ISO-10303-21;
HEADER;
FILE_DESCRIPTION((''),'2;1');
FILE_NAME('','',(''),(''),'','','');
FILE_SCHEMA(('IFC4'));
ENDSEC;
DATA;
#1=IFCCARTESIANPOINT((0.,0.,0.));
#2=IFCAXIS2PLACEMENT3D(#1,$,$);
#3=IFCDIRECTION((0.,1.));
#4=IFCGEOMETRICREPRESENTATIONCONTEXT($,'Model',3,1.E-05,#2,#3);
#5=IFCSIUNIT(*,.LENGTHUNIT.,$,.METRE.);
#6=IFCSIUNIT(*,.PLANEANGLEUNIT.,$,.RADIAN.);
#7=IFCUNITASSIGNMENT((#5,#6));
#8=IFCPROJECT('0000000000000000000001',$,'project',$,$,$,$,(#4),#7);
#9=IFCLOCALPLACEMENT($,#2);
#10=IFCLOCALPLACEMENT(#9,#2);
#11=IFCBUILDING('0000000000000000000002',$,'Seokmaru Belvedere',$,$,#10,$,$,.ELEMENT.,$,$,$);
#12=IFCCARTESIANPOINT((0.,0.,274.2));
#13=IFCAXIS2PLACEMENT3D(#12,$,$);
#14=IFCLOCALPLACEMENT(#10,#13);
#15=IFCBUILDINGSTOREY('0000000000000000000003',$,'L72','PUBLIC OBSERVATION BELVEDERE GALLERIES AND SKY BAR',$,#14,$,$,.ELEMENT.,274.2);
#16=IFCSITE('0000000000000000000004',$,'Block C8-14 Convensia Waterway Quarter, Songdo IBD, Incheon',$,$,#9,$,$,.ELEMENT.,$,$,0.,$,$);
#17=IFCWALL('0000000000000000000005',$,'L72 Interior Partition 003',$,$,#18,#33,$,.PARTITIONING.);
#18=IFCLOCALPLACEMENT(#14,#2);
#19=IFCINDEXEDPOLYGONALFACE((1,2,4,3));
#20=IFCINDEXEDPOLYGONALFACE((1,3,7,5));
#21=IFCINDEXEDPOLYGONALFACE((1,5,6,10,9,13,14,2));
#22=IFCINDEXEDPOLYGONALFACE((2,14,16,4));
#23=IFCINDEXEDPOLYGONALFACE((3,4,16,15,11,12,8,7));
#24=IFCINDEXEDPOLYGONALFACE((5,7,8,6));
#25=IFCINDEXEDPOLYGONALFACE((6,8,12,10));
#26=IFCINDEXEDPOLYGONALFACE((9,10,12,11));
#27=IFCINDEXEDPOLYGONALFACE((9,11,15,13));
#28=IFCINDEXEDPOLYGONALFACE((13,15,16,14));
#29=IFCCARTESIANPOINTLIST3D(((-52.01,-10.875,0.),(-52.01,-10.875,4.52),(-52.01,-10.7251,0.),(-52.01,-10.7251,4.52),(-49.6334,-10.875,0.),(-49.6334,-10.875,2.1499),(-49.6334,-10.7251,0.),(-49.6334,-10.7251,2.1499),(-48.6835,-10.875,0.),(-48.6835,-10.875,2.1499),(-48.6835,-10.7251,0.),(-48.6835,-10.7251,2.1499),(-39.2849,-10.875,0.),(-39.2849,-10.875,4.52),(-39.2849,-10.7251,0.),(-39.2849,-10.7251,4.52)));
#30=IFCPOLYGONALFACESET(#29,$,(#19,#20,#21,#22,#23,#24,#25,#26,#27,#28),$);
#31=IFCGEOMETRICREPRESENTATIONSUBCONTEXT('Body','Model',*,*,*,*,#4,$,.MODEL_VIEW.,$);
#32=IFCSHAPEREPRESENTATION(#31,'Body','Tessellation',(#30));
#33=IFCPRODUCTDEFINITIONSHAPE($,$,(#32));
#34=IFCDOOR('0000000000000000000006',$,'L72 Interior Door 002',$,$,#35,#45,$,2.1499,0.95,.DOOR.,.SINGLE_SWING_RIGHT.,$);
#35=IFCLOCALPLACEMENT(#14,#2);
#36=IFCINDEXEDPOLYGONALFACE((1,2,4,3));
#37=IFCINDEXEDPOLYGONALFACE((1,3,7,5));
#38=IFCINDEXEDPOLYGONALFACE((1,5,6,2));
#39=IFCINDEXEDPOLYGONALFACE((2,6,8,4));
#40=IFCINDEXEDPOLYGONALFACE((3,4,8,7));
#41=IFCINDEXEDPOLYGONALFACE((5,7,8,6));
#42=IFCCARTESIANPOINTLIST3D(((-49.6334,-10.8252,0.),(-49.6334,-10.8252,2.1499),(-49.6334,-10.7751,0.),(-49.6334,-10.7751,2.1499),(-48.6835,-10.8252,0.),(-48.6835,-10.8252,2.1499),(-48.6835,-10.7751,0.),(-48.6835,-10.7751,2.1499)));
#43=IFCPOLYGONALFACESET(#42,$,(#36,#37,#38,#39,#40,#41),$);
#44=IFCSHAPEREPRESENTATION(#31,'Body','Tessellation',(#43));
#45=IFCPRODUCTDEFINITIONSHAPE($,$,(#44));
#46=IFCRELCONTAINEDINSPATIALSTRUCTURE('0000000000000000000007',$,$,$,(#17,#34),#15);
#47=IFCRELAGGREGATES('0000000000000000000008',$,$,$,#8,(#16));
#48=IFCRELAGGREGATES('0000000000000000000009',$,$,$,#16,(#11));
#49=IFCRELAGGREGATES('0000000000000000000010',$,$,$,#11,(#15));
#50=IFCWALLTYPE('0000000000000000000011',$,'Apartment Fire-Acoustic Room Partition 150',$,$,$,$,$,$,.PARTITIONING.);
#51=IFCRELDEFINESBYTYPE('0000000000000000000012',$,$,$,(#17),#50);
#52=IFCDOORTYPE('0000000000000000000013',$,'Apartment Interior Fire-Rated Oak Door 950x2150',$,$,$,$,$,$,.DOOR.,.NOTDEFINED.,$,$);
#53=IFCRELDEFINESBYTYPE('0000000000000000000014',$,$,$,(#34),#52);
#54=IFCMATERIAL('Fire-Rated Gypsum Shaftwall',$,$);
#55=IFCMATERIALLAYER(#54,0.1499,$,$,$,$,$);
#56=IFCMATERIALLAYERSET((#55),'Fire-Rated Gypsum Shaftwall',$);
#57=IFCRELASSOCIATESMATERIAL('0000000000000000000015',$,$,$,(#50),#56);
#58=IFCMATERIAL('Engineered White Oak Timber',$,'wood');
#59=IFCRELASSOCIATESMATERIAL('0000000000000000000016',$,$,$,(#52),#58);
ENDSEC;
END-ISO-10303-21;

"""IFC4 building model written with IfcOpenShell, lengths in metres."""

from ifc_helpers import new_model, si_unit, direction, frame, frame_2d, origin, place, context, subcontext, project, spatial, rectangle, extrude, source, transform, mapped, material, layer, layer_set, type_object, type_shapes, element, fill, save


model = new_model("IFC4")

# Units and contexts
model_context = context("Model", 3, precision=1e-05, world=origin(), true_north=direction((0.0, 1.0)))
body_context = subcontext(model_context, "Body", "Model", "MODEL_VIEW")
ifc_project = project(units=[si_unit("LENGTHUNIT", "METRE"), si_unit("PLANEANGLEUNIT", "RADIAN")], contexts=[model_context])

# Site, building, storey
site_placement = place(None, origin())
site = spatial("IfcSite", under=ifc_project, at=site_placement, Name="Block C8-14 Convensia Waterway Quarter, Songdo IBD, Incheon", CompositionType="ELEMENT", RefElevation=0.0)
building_placement = place(site_placement, origin())
building = spatial("IfcBuilding", under=site, at=building_placement, Name="Seokmaru Belvedere", CompositionType="ELEMENT")
storey_placement = place(building_placement, frame((0.0, 0.0, 274.2)))
storey = spatial("IfcBuildingStorey", under=building, at=storey_placement, Name="L72", Description="PUBLIC OBSERVATION BELVEDERE GALLERIES AND SKY BAR", CompositionType="ELEMENT", Elevation=274.2)

# Wall, opening, door
ifc_material_1 = material(Name="Fire-Rated Gypsum Shaftwall")
ifc_layer_1 = layer(ifc_material_1, 0.1499)
ifc_layer_set_1 = layer_set([ifc_layer_1], Name="Fire-Rated Gypsum Shaftwall")
wall_type = type_object("IfcWallType", Name="Apartment Fire-Acoustic Room Partition 150", PredefinedType="PARTITIONING", material=ifc_layer_set_1)
wall_placement = place(storey_placement, frame((-52.01, -10.8, 0.0), z_axis=(0.0, 0.0, 1.0), x_axis=(1.0, 0.0, 0.0)))
wall = element("IfcWall", 1, at=wall_placement, inside=storey, type_object=wall_type, Name="L72 Interior Partition 003", PredefinedType="PARTITIONING", context=body_context, shape_type="SweptSolid", body=[
    extrude(rectangle(XDim=12.7251, YDim=0.1499, at=frame_2d((6.3625, 0.0))), origin(), (0.0, 0.0, 1.0), 4.52),
])
opening_placement = place(wall_placement, frame((2.3765, 0.0, 0.0)))
opening = element("IfcOpeningElement", 2, at=opening_placement, cuts=wall, PredefinedType="OPENING", context=body_context, shape_type="SweptSolid", body=[
    extrude(rectangle(XDim=0.95, YDim=2.1499, at=frame_2d((0.4751, 1.075))), frame((0.0, 0.085, 0.0), z_axis=(0.0, -1.0, 0.0), x_axis=(1.0, 0.0, 0.0)), (0.0, 0.0, 1.0), 0.1699),
])
ifc_material_2 = material(Name="Engineered White Oak Timber", Category="wood")
door_type = type_object("IfcDoorType", Name="Apartment Interior Fire-Rated Oak Door 950x2150", OperationType="NOTDEFINED", PredefinedType="DOOR", material=ifc_material_2)
shared_shape_1 = source(origin(), body_context, "Body", "SweptSolid", [
    extrude(rectangle(XDim=0.95, YDim=2.1499, at=frame_2d((0.4751, 1.075))), frame((0.0, 0.0249, 0.0), z_axis=(0.0, -1.0, 0.0), x_axis=(1.0, 0.0, 0.0)), (0.0, 0.0, 1.0), 0.05),
])
type_shapes(door_type, [shared_shape_1])
door_placement = place(opening_placement, origin())
door = element("IfcDoor", 3, at=door_placement, inside=storey, type_object=door_type, Name="L72 Interior Door 002", OperationType="SINGLE_SWING_RIGHT", OverallHeight=2.1499, OverallWidth=0.95, PredefinedType="DOOR", context=body_context, shape_type="MappedRepresentation", body=[
    mapped(shared_shape_1, transform((0.0, 0.0, 0.0), scale=1.0)),
])
fill(opening, door)

save(model, "model.ifc")
